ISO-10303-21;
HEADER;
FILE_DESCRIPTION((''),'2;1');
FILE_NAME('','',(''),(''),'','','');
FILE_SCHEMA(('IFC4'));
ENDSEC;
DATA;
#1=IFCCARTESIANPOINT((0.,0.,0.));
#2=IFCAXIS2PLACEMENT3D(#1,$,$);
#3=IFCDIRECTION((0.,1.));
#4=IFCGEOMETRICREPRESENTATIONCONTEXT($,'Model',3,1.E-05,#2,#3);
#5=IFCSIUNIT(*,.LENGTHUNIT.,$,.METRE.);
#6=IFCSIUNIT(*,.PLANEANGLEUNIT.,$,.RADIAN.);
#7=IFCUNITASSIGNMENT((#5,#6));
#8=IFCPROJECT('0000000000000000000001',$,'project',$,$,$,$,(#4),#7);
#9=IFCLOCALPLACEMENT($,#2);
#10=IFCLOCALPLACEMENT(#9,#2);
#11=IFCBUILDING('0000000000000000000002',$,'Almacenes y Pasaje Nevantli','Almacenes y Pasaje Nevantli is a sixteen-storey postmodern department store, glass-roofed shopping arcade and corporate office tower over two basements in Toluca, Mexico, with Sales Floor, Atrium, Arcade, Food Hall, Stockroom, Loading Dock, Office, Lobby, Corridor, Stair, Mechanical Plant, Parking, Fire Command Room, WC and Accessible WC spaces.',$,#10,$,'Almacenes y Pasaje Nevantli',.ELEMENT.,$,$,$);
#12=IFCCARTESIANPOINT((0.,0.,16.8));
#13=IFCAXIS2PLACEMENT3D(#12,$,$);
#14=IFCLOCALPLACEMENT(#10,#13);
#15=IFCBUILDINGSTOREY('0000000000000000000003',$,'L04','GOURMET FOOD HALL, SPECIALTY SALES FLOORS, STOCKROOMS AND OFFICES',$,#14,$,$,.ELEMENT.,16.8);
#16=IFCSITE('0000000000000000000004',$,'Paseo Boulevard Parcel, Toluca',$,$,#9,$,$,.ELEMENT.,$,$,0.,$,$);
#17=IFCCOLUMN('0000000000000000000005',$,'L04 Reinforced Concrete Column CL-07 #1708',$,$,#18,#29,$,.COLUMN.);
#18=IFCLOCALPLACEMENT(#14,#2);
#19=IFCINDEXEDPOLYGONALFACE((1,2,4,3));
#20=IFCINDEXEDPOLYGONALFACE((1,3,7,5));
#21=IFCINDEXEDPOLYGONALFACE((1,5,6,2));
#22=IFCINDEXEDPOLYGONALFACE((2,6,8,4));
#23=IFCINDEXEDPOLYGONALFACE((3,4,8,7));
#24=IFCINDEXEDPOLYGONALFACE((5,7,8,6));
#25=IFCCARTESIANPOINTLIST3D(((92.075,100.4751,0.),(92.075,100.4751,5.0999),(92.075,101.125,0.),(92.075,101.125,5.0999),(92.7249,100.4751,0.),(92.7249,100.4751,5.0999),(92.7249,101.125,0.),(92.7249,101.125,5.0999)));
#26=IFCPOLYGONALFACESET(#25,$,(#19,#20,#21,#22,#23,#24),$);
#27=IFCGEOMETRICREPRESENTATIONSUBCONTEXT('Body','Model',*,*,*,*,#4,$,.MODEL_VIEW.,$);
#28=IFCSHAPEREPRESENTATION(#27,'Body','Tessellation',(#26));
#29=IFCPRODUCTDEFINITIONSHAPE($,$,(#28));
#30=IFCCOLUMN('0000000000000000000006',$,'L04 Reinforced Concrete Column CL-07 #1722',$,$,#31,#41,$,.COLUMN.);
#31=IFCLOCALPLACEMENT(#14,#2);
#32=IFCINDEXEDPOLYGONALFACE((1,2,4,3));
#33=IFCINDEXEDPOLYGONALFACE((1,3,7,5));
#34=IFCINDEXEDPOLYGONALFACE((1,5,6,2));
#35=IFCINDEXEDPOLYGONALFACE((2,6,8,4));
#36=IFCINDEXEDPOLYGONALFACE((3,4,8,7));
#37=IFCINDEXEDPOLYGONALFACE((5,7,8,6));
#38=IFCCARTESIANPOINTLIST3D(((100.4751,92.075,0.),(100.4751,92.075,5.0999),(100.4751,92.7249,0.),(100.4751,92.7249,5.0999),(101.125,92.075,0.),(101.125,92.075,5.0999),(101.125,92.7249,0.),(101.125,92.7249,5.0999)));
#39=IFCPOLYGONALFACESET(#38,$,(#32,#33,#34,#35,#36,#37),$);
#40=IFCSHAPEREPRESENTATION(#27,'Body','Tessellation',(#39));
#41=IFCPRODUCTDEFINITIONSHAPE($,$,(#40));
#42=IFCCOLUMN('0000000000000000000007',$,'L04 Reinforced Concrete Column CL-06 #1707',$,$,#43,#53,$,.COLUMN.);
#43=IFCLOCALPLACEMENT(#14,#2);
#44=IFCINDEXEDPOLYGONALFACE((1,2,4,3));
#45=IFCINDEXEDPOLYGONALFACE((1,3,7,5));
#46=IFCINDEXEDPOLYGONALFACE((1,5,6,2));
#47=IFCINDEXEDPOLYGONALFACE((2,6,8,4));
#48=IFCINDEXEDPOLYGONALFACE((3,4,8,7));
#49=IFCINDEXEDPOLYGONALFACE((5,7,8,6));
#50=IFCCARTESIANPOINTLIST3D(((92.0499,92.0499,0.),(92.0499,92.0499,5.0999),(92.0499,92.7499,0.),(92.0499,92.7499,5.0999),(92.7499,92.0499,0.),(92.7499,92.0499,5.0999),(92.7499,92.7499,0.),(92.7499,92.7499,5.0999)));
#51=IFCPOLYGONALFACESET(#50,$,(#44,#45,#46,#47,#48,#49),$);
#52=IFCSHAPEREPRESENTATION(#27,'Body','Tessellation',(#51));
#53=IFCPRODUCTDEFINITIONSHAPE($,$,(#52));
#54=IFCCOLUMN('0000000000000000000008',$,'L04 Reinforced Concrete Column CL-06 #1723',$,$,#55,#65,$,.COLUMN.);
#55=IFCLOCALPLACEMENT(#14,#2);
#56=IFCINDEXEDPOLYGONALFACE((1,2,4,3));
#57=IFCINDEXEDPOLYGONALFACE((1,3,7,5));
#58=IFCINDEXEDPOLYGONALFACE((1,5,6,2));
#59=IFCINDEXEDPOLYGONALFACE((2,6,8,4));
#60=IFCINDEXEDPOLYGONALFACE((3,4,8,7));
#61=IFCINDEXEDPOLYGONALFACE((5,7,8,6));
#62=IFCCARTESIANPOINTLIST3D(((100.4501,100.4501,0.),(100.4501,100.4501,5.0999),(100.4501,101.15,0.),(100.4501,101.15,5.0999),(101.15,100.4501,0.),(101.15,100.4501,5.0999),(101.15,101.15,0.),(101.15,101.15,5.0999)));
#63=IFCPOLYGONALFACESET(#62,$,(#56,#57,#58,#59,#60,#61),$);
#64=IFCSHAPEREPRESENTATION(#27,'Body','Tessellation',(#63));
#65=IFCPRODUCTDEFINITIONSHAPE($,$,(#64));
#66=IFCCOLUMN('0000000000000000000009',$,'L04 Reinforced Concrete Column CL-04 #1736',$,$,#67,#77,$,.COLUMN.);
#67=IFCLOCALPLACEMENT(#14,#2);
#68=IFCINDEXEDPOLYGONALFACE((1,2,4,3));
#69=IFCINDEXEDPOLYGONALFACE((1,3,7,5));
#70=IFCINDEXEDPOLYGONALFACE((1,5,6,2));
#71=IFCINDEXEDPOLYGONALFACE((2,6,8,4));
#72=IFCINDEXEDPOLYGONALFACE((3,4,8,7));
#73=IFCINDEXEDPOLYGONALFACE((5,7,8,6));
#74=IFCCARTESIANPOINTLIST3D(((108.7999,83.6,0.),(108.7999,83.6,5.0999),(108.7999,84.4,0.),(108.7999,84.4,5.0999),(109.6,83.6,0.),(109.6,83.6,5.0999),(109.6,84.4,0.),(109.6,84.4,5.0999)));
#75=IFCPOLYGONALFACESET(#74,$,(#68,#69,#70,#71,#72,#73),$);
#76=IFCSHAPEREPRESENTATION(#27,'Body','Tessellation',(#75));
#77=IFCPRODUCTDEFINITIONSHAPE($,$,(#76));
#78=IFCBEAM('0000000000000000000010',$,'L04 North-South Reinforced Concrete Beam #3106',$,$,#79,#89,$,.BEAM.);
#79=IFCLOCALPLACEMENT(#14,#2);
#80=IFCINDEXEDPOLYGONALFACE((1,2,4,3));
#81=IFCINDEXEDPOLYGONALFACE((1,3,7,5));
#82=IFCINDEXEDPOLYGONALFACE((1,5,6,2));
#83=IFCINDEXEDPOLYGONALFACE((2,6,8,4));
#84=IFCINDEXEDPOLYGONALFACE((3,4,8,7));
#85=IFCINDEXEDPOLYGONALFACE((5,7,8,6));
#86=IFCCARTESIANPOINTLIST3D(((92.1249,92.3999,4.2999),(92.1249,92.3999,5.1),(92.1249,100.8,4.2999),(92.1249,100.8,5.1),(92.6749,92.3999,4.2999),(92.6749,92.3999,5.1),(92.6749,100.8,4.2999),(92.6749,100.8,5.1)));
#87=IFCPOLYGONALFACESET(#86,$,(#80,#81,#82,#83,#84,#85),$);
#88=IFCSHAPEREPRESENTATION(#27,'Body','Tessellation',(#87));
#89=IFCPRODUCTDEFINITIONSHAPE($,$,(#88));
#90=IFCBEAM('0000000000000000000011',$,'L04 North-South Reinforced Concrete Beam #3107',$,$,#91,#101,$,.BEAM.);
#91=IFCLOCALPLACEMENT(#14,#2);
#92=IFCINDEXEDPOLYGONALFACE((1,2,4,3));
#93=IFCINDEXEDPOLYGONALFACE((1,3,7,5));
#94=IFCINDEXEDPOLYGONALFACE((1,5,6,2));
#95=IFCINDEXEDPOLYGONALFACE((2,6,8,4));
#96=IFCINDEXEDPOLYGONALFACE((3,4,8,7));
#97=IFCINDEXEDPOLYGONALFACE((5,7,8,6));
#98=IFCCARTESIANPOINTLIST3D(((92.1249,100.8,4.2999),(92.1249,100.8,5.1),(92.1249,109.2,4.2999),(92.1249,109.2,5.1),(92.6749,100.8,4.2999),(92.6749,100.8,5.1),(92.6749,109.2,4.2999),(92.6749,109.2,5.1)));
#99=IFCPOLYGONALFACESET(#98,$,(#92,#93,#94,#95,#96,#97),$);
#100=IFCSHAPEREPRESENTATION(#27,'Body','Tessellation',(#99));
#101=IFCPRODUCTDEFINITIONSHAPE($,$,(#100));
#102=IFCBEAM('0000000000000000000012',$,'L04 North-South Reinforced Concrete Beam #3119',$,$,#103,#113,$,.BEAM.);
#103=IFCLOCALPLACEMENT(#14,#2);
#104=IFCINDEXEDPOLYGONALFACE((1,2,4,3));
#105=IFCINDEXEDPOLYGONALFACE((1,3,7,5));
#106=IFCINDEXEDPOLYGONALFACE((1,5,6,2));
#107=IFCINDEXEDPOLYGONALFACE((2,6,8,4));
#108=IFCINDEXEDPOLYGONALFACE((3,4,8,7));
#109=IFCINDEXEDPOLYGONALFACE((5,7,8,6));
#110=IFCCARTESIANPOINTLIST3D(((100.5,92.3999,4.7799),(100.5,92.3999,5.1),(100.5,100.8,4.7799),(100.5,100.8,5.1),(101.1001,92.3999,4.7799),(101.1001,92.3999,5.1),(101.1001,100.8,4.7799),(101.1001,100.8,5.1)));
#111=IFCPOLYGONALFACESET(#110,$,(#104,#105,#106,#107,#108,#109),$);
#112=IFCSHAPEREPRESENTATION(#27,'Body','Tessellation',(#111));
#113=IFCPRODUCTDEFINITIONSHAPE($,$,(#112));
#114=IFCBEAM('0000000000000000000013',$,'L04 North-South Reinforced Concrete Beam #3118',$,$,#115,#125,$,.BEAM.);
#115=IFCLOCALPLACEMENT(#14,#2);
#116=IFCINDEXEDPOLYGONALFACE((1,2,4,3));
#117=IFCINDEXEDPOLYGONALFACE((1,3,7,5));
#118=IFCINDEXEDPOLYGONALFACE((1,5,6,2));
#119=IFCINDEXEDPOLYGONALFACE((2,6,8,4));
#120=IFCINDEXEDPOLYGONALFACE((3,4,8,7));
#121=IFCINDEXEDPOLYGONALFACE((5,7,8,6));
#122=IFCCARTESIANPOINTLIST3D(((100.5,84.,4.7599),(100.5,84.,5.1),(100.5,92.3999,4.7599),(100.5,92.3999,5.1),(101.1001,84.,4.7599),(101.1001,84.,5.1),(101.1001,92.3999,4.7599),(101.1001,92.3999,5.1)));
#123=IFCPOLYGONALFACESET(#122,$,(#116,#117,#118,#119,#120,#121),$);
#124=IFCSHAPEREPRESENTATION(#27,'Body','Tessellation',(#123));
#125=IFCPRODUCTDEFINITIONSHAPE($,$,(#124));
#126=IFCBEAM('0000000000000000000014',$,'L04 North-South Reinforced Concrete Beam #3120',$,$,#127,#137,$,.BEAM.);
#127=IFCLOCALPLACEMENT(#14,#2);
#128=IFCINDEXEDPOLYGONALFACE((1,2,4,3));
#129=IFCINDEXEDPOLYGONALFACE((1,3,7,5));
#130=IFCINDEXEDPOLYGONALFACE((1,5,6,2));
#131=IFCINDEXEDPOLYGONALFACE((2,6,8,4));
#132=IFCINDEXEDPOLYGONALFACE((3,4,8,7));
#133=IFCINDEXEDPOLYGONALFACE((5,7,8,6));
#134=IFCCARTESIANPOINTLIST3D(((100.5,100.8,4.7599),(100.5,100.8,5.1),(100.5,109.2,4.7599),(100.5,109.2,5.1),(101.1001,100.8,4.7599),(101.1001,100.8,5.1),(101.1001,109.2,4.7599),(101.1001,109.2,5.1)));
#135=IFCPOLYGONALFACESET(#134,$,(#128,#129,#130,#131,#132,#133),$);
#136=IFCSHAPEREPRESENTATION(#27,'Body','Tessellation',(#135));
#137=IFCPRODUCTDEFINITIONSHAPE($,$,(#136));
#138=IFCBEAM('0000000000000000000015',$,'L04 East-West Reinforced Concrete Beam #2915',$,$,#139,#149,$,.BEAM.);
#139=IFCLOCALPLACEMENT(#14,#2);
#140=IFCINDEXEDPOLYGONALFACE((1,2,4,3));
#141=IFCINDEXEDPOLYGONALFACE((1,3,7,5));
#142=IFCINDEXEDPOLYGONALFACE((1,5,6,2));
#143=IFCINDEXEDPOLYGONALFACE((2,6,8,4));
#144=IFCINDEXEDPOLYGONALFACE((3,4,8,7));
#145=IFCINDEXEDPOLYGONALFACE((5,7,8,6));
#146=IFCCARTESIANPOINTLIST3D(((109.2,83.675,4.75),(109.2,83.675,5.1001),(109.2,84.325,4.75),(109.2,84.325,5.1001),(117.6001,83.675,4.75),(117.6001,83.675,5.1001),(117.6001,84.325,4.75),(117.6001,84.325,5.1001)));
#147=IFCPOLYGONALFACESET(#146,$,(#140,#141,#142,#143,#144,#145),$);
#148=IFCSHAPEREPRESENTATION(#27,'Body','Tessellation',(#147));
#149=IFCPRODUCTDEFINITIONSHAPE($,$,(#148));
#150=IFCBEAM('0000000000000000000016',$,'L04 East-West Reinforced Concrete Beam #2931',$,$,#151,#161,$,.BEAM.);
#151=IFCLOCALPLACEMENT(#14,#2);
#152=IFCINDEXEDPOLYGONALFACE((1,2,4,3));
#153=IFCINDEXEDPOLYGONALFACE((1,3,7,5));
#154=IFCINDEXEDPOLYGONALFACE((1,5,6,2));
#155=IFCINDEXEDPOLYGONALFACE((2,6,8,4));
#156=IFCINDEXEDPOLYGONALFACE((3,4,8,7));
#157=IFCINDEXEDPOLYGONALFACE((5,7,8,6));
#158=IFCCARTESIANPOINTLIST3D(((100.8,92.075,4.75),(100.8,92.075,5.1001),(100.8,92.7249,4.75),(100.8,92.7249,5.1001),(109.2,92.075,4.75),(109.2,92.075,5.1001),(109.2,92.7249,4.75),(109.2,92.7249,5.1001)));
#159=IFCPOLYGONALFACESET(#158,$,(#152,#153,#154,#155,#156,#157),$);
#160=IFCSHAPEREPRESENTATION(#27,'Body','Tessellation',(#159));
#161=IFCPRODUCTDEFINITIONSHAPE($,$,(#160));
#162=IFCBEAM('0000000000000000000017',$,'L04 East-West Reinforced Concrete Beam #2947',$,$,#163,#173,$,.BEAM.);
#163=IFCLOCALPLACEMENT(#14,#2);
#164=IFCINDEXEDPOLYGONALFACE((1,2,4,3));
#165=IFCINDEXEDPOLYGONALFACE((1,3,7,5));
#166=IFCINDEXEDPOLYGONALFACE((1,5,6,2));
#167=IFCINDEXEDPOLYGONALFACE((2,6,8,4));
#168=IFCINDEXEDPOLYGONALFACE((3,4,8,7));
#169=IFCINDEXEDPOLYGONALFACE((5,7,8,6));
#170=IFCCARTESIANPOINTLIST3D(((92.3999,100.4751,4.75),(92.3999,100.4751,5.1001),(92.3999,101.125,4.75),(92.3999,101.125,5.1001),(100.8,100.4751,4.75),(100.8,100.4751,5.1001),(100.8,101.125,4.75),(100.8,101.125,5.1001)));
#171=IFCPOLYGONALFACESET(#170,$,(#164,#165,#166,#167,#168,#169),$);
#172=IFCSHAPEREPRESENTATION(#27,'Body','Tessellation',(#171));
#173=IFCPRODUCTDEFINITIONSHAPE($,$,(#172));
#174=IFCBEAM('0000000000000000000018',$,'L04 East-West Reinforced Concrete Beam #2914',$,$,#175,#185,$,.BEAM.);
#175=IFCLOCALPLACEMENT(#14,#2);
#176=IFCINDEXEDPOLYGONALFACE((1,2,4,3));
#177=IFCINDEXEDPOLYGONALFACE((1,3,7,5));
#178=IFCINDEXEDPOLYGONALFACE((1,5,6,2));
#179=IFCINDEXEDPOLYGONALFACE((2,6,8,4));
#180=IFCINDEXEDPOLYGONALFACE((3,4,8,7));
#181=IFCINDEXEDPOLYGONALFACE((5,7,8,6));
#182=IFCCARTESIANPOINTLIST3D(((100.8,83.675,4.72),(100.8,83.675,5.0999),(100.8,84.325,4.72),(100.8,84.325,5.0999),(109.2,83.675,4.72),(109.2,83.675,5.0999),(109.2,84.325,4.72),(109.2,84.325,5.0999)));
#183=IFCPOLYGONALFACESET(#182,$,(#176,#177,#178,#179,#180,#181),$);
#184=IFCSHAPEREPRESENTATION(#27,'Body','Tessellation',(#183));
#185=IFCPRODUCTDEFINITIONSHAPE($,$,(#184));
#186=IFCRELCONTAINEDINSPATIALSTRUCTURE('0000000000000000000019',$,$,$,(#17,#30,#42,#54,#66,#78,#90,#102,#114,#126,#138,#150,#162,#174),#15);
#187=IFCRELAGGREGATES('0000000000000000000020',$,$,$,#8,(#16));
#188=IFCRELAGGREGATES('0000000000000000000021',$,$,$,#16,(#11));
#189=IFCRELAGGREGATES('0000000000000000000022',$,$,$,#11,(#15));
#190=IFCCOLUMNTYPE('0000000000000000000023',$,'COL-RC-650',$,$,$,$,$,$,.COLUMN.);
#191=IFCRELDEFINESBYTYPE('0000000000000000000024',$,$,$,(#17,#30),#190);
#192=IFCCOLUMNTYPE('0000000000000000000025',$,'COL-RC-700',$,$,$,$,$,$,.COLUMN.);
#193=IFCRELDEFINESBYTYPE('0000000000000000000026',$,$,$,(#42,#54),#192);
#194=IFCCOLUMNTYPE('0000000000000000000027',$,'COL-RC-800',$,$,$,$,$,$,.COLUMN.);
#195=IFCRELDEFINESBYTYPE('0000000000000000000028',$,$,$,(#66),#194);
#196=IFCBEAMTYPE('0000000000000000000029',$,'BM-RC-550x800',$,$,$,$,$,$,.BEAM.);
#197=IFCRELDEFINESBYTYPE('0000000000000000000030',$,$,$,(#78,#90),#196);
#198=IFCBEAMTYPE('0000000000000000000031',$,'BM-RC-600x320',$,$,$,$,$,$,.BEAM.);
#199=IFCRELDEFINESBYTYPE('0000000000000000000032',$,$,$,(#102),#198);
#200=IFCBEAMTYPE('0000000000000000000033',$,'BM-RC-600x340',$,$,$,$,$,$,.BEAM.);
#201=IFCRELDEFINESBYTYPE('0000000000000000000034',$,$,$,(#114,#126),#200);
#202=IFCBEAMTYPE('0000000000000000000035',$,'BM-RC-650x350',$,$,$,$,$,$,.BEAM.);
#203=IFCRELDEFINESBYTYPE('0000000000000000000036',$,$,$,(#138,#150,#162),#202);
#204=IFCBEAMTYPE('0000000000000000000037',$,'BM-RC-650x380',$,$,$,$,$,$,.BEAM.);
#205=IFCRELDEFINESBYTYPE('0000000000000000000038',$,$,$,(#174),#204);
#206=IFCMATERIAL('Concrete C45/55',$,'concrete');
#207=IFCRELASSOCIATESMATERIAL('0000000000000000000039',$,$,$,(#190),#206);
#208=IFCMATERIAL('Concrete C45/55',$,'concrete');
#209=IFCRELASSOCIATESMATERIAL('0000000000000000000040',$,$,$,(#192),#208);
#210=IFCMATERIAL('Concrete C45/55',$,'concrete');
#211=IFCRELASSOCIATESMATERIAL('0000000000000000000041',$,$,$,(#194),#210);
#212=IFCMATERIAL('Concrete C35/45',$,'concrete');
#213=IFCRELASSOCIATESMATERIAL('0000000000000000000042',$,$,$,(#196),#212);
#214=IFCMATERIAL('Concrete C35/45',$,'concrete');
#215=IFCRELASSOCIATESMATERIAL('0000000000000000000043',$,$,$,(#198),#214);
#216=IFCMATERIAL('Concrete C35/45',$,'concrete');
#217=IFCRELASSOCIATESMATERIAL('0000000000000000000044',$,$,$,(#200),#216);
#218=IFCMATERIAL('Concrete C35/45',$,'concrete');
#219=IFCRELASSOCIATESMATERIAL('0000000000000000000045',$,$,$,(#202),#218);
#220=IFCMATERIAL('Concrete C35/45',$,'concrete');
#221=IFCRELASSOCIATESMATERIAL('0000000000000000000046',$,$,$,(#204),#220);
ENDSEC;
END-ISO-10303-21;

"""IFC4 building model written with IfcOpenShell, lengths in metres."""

from ifc_helpers import new_model, si_unit, direction, frame, origin, origin_2d, place, context, subcontext, project, spatial, rectangle, extrude, material, material_profile, profile_set, type_object, element, save


model = new_model("IFC4")

# Units and contexts
model_context = context("Model", 3, precision=1e-05, world=origin(), true_north=direction((0.0, 1.0)))
body_context = subcontext(model_context, "Body", "Model", "MODEL_VIEW")
ifc_project = project(units=[si_unit("LENGTHUNIT", "METRE"), si_unit("PLANEANGLEUNIT", "RADIAN")], contexts=[model_context])

# Site, building, storey
site_placement = place(None, origin())
site = spatial("IfcSite", under=ifc_project, at=site_placement, Name="Paseo Boulevard Parcel, Toluca", CompositionType="ELEMENT", RefElevation=0.0)
building_placement = place(site_placement, origin())
building = spatial("IfcBuilding", under=site, at=building_placement, Name="Almacenes y Pasaje Nevantli", Description="Almacenes y Pasaje Nevantli is a sixteen-storey postmodern department store, glass-roofed shopping arcade and corporate office tower over two basements in Toluca, Mexico, with Sales Floor, Atrium, Arcade, Food Hall, Stockroom, Loading Dock, Office, Lobby, Corridor, Stair, Mechanical Plant, Parking, Fire Command Room, WC and Accessible WC spaces.", LongName="Almacenes y Pasaje Nevantli", CompositionType="ELEMENT")
storey_placement = place(building_placement, frame((0.0, 0.0, 16.8)))
storey = spatial("IfcBuildingStorey", under=building, at=storey_placement, Name="L04", Description="GOURMET FOOD HALL, SPECIALTY SALES FLOORS, STOCKROOMS AND OFFICES", CompositionType="ELEMENT", Elevation=16.8)

# Columns
ifc_material_1 = material(Name="Concrete C45/55", Category="concrete")
ifc_material_profile_1 = material_profile(ifc_material_1, rectangle(XDim=0.6499, YDim=0.6499, at=origin_2d()), Name="RC-COL-650x650")
ifc_profile_set_1 = profile_set([ifc_material_profile_1], Name="Concrete C45/55")
column_type_1 = type_object("IfcColumnType", Name="COL-RC-650", PredefinedType="COLUMN", material=ifc_profile_set_1)
for number, where, z_axis, x_axis, name in (
    (1, (92.3999, 100.8, 0.0), (0.0, 0.0, 1.0), (1.0, 0.0, 0.0), "L04 Reinforced Concrete Column CL-07 #1708"),
    (2, (100.8, 92.3999, 0.0), (0.0, 0.0, 1.0), (1.0, 0.0, 0.0), "L04 Reinforced Concrete Column CL-07 #1722"),
):
    element("IfcColumn", number, at=place(storey_placement, frame(where, z_axis=z_axis, x_axis=x_axis)), inside=storey, type_object=column_type_1, Name=name, PredefinedType="COLUMN", context=body_context, shape_type="SweptSolid", body=[
        extrude(rectangle(XDim=0.6499, YDim=0.6499, at=origin_2d()), origin(), (0.0, 0.0, 1.0), 5.0999),
    ])
ifc_material_2 = material(Name="Concrete C45/55", Category="concrete")
ifc_material_profile_2 = material_profile(ifc_material_2, rectangle(XDim=0.7, YDim=0.7, at=origin_2d()), Name="RC-COL-700x700")
ifc_profile_set_2 = profile_set([ifc_material_profile_2], Name="Concrete C45/55")
column_type_2 = type_object("IfcColumnType", Name="COL-RC-700", PredefinedType="COLUMN", material=ifc_profile_set_2)
for number, where, z_axis, x_axis, name in (
    (3, (92.3999, 92.3999, 0.0), (0.0, 0.0, 1.0), (1.0, 0.0, 0.0), "L04 Reinforced Concrete Column CL-06 #1707"),
    (4, (100.8, 100.8, 0.0), (0.0, 0.0, 1.0), (1.0, 0.0, 0.0), "L04 Reinforced Concrete Column CL-06 #1723"),
):
    element("IfcColumn", number, at=place(storey_placement, frame(where, z_axis=z_axis, x_axis=x_axis)), inside=storey, type_object=column_type_2, Name=name, PredefinedType="COLUMN", context=body_context, shape_type="SweptSolid", body=[
        extrude(rectangle(XDim=0.7, YDim=0.7, at=origin_2d()), origin(), (0.0, 0.0, 1.0), 5.0999),
    ])
ifc_material_3 = material(Name="Concrete C45/55", Category="concrete")
ifc_material_profile_3 = material_profile(ifc_material_3, rectangle(XDim=0.8, YDim=0.8, at=origin_2d()), Name="RC-COL-800x800")
ifc_profile_set_3 = profile_set([ifc_material_profile_3], Name="Concrete C45/55")
column_type_3 = type_object("IfcColumnType", Name="COL-RC-800", PredefinedType="COLUMN", material=ifc_profile_set_3)
column_placement = place(storey_placement, frame((109.2, 84.0, 0.0), z_axis=(0.0, 0.0, 1.0), x_axis=(1.0, 0.0, 0.0)))
element("IfcColumn", 5, at=column_placement, inside=storey, type_object=column_type_3, Name="L04 Reinforced Concrete Column CL-04 #1736", PredefinedType="COLUMN", context=body_context, shape_type="SweptSolid", body=[
    extrude(rectangle(XDim=0.8, YDim=0.8, at=origin_2d()), origin(), (0.0, 0.0, 1.0), 5.0999),
])

# Beams
ifc_material_4 = material(Name="Concrete C35/45", Category="concrete")
ifc_material_profile_4 = material_profile(ifc_material_4, rectangle(XDim=0.55, YDim=0.8, at=origin_2d()), Name="RC-BM-550x800")
ifc_profile_set_4 = profile_set([ifc_material_profile_4], Name="Concrete C35/45")
beam_type_1 = type_object("IfcBeamType", Name="BM-RC-550x800", PredefinedType="BEAM", material=ifc_profile_set_4)
beam_1_placement = place(storey_placement, frame((92.3999, 92.3999, 4.7), z_axis=(0.0, 1.0, 0.0), x_axis=(-1.0, 0.0, 0.0)))
element("IfcBeam", 6, at=beam_1_placement, inside=storey, type_object=beam_type_1, Name="L04 North-South Reinforced Concrete Beam #3106", PredefinedType="BEAM", context=body_context, shape_type="SweptSolid", body=[
    extrude(rectangle(XDim=0.55, YDim=0.8, at=origin_2d()), origin(), (0.0, 0.0, 1.0), 8.4001),
])
beam_2_placement = place(storey_placement, frame((92.3999, 100.8, 4.7), z_axis=(0.0, 1.0, 0.0), x_axis=(-1.0, 0.0, 0.0)))
element("IfcBeam", 7, at=beam_2_placement, inside=storey, type_object=beam_type_1, Name="L04 North-South Reinforced Concrete Beam #3107", PredefinedType="BEAM", context=body_context, shape_type="SweptSolid", body=[
    extrude(rectangle(XDim=0.55, YDim=0.8, at=origin_2d()), origin(), (0.0, 0.0, 1.0), 8.3999),
])
ifc_material_5 = material(Name="Concrete C35/45", Category="concrete")
ifc_material_profile_5 = material_profile(ifc_material_5, rectangle(XDim=0.6001, YDim=0.3201, at=origin_2d()), Name="RC-BM-600x320")
ifc_profile_set_5 = profile_set([ifc_material_profile_5], Name="Concrete C35/45")
beam_type_2 = type_object("IfcBeamType", Name="BM-RC-600x320", PredefinedType="BEAM", material=ifc_profile_set_5)
beam_3_placement = place(storey_placement, frame((100.8, 92.3999, 4.9399), z_axis=(0.0, 1.0, 0.0), x_axis=(-1.0, 0.0, 0.0)))
element("IfcBeam", 8, at=beam_3_placement, inside=storey, type_object=beam_type_2, Name="L04 North-South Reinforced Concrete Beam #3119", PredefinedType="BEAM", context=body_context, shape_type="SweptSolid", body=[
    extrude(rectangle(XDim=0.6001, YDim=0.3201, at=origin_2d()), origin(), (0.0, 0.0, 1.0), 8.4001),
])
ifc_material_6 = material(Name="Concrete C35/45", Category="concrete")
ifc_material_profile_6 = material_profile(ifc_material_6, rectangle(XDim=0.6001, YDim=0.3401, at=origin_2d()), Name="RC-BM-600x340")
ifc_profile_set_6 = profile_set([ifc_material_profile_6], Name="Concrete C35/45")
beam_type_3 = type_object("IfcBeamType", Name="BM-RC-600x340", PredefinedType="BEAM", material=ifc_profile_set_6)
for number, where, z_axis, x_axis, name in (
    (9, (100.8, 84.0, 4.9299), (0.0, 1.0, 0.0), (-1.0, 0.0, 0.0), "L04 North-South Reinforced Concrete Beam #3118"),
    (10, (100.8, 100.8, 4.9299), (0.0, 1.0, 0.0), (-1.0, 0.0, 0.0), "L04 North-South Reinforced Concrete Beam #3120"),
):
    element("IfcBeam", number, at=place(storey_placement, frame(where, z_axis=z_axis, x_axis=x_axis)), inside=storey, type_object=beam_type_3, Name=name, PredefinedType="BEAM", context=body_context, shape_type="SweptSolid", body=[
        extrude(rectangle(XDim=0.6001, YDim=0.3401, at=origin_2d()), origin(), (0.0, 0.0, 1.0), 8.3999),
    ])
ifc_material_7 = material(Name="Concrete C35/45", Category="concrete")
ifc_material_profile_7 = material_profile(ifc_material_7, rectangle(XDim=0.6499, YDim=0.3501, at=origin_2d()), Name="RC-BM-650x350")
ifc_profile_set_7 = profile_set([ifc_material_profile_7], Name="Concrete C35/45")
beam_type_4 = type_object("IfcBeamType", Name="BM-RC-650x350", PredefinedType="BEAM", material=ifc_profile_set_7)
beam_4_placement = place(storey_placement, frame((109.2, 84.0, 4.925), z_axis=(1.0, 0.0, 0.0), x_axis=(0.0, 1.0, 0.0)))
element("IfcBeam", 11, at=beam_4_placement, inside=storey, type_object=beam_type_4, Name="L04 East-West Reinforced Concrete Beam #2915", PredefinedType="BEAM", context=body_context, shape_type="SweptSolid", body=[
    extrude(rectangle(XDim=0.6499, YDim=0.3501, at=origin_2d()), origin(), (0.0, 0.0, 1.0), 8.4001),
])
beam_5_placement = place(storey_placement, frame((100.8, 92.3999, 4.925), z_axis=(1.0, 0.0, 0.0), x_axis=(0.0, 1.0, 0.0)))
element("IfcBeam", 12, at=beam_5_placement, inside=storey, type_object=beam_type_4, Name="L04 East-West Reinforced Concrete Beam #2931", PredefinedType="BEAM", context=body_context, shape_type="SweptSolid", body=[
    extrude(rectangle(XDim=0.6499, YDim=0.3501, at=origin_2d()), origin(), (0.0, 0.0, 1.0), 8.3999),
])
beam_6_placement = place(storey_placement, frame((92.3999, 100.8, 4.925), z_axis=(1.0, 0.0, 0.0), x_axis=(0.0, 1.0, 0.0)))
element("IfcBeam", 13, at=beam_6_placement, inside=storey, type_object=beam_type_4, Name="L04 East-West Reinforced Concrete Beam #2947", PredefinedType="BEAM", context=body_context, shape_type="SweptSolid", body=[
    extrude(rectangle(XDim=0.6499, YDim=0.3501, at=origin_2d()), origin(), (0.0, 0.0, 1.0), 8.4001),
])
ifc_material_8 = material(Name="Concrete C35/45", Category="concrete")
ifc_material_profile_8 = material_profile(ifc_material_8, rectangle(XDim=0.6499, YDim=0.3799, at=origin_2d()), Name="RC-BM-650x380")
ifc_profile_set_8 = profile_set([ifc_material_profile_8], Name="Concrete C35/45")
beam_type_5 = type_object("IfcBeamType", Name="BM-RC-650x380", PredefinedType="BEAM", material=ifc_profile_set_8)
beam_7_placement = place(storey_placement, frame((100.8, 84.0, 4.9099), z_axis=(1.0, 0.0, 0.0), x_axis=(0.0, 1.0, 0.0)))
element("IfcBeam", 14, at=beam_7_placement, inside=storey, type_object=beam_type_5, Name="L04 East-West Reinforced Concrete Beam #2914", PredefinedType="BEAM", context=body_context, shape_type="SweptSolid", body=[
    extrude(rectangle(XDim=0.6499, YDim=0.3799, at=origin_2d()), origin(), (0.0, 0.0, 1.0), 8.3999),
])

save(model, "model.ifc")
